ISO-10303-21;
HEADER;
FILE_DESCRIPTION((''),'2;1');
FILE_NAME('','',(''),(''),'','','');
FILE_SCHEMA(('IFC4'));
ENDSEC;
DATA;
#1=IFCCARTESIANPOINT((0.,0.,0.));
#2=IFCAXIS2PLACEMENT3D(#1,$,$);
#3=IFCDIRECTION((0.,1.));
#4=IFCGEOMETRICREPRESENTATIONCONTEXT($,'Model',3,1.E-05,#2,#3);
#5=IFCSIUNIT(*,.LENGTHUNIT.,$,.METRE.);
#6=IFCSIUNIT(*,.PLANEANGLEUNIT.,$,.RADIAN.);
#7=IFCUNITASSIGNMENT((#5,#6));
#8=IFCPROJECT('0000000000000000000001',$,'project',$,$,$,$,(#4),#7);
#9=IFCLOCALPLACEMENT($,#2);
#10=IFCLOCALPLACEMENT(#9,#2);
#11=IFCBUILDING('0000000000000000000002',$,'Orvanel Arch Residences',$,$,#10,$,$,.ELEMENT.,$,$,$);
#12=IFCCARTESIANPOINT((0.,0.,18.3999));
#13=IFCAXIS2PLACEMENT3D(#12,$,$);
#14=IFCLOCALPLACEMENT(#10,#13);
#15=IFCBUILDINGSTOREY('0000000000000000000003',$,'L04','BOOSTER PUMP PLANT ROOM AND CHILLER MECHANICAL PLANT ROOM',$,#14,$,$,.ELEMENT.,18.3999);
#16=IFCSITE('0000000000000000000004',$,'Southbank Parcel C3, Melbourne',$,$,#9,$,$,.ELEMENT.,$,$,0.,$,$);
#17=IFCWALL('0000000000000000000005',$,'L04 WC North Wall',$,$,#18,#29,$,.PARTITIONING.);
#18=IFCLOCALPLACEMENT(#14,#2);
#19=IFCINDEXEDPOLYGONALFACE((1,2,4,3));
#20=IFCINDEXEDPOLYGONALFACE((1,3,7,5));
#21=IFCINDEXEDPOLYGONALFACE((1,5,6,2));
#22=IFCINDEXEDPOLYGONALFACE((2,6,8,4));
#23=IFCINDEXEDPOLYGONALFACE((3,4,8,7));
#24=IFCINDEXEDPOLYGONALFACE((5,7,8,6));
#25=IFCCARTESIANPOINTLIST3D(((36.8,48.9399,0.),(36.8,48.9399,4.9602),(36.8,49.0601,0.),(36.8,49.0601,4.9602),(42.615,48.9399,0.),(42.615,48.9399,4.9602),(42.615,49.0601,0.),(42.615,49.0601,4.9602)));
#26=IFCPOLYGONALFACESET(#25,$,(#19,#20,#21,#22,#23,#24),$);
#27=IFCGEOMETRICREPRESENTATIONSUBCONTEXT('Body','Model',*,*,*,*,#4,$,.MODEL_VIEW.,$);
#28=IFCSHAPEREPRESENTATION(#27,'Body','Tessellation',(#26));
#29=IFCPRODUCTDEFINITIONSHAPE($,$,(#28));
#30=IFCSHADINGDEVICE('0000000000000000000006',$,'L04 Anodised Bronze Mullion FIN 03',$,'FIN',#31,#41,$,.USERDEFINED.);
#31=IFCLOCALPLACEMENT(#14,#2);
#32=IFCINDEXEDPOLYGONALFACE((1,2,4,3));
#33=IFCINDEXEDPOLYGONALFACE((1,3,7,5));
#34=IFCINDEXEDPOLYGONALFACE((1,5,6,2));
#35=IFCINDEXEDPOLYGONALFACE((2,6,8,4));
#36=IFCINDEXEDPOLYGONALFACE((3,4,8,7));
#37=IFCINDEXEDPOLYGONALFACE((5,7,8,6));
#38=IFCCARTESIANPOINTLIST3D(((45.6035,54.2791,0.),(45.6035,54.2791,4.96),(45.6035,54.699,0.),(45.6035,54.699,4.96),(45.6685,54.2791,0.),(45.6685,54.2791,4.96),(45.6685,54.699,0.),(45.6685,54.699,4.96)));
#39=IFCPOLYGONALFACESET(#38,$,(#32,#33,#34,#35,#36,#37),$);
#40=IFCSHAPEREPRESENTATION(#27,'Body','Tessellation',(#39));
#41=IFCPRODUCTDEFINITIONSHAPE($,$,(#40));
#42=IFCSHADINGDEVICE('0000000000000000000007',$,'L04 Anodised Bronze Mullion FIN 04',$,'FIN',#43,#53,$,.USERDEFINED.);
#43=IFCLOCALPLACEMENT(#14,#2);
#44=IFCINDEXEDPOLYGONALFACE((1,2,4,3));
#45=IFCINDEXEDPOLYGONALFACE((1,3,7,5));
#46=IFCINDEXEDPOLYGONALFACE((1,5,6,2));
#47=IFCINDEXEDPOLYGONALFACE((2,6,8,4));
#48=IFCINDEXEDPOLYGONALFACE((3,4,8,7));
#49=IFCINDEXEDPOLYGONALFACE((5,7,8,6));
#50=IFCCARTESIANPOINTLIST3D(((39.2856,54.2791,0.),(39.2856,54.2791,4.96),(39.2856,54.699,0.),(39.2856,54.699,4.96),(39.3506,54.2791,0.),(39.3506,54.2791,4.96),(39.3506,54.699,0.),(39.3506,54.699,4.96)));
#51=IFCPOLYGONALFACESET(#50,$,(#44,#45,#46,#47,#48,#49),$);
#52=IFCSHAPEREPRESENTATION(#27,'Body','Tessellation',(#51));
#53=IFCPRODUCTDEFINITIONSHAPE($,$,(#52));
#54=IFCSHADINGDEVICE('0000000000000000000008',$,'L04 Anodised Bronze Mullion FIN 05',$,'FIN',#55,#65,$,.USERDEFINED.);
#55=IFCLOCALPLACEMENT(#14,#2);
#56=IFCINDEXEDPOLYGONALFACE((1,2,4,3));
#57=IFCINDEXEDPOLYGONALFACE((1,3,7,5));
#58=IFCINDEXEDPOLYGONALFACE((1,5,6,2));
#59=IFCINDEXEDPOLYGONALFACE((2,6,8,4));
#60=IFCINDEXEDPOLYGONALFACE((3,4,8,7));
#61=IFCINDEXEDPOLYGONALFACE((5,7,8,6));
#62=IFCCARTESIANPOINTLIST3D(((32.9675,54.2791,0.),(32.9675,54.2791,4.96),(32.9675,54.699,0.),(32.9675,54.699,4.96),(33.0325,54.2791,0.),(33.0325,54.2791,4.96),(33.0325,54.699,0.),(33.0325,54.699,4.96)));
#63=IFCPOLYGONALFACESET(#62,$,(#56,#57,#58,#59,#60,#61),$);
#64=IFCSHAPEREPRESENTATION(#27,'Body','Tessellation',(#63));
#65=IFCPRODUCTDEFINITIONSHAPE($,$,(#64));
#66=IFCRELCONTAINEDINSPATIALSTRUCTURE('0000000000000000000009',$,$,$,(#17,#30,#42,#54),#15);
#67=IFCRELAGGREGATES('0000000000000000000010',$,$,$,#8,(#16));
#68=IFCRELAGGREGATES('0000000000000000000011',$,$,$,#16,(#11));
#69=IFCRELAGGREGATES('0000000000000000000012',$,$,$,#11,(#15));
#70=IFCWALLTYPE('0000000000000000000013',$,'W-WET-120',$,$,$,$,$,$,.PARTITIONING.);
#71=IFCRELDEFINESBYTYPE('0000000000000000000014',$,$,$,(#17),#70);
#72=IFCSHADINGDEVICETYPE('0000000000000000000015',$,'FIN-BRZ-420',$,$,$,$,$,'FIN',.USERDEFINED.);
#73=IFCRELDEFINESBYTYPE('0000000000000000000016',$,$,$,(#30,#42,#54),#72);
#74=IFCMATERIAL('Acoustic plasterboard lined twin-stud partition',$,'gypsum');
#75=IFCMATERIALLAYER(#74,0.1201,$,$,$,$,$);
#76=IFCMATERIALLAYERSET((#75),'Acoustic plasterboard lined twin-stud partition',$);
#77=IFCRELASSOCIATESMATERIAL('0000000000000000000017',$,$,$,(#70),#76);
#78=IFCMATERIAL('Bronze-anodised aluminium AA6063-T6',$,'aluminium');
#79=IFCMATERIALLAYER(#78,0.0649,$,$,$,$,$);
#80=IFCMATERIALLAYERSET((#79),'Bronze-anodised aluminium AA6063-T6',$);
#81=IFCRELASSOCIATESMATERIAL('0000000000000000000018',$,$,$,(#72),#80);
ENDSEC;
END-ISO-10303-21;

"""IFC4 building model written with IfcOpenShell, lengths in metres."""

from ifc_helpers import new_model, si_unit, direction, frame, frame_2d, origin, origin_2d, place, context, subcontext, project, spatial, rectangle, extrude, material, layer, layer_set, type_object, element, save


model = new_model("IFC4")

# Units and contexts
model_context = context("Model", 3, precision=1e-05, world=origin(), true_north=direction((0.0, 1.0)))
body_context = subcontext(model_context, "Body", "Model", "MODEL_VIEW")
ifc_project = project(units=[si_unit("LENGTHUNIT", "METRE"), si_unit("PLANEANGLEUNIT", "RADIAN")], contexts=[model_context])

# Site, building, storey
site_placement = place(None, origin())
site = spatial("IfcSite", under=ifc_project, at=site_placement, Name="Southbank Parcel C3, Melbourne", CompositionType="ELEMENT", RefElevation=0.0)
building_placement = place(site_placement, origin())
building = spatial("IfcBuilding", under=site, at=building_placement, Name="Orvanel Arch Residences", CompositionType="ELEMENT")
storey_placement = place(building_placement, frame((0.0, 0.0, 18.3999)))
storey = spatial("IfcBuildingStorey", under=building, at=storey_placement, Name="L04", Description="BOOSTER PUMP PLANT ROOM AND CHILLER MECHANICAL PLANT ROOM", CompositionType="ELEMENT", Elevation=18.3999)

# Shared definitions
ifc_material_1 = material(Name="Bronze-anodised aluminium AA6063-T6", Category="aluminium")

# Wall
ifc_material_2 = material(Name="Acoustic plasterboard lined twin-stud partition", Category="gypsum")
ifc_layer_1 = layer(ifc_material_2, 0.1201)
ifc_layer_set_1 = layer_set([ifc_layer_1], Name="Acoustic plasterboard lined twin-stud partition")
wall_type_1 = type_object("IfcWallType", Name="W-WET-120", PredefinedType="PARTITIONING", material=ifc_layer_set_1)
wall_1_placement = place(storey_placement, frame((36.8, 49.0, 0.0), z_axis=(0.0, 0.0, 1.0), x_axis=(1.0, 0.0, 0.0)))
element("IfcWall", 1, at=wall_1_placement, inside=storey, type_object=wall_type_1, Name="L04 WC North Wall", PredefinedType="PARTITIONING", context=body_context, shape_type="SweptSolid", body=[
    extrude(rectangle(XDim=5.8149, YDim=0.1201, at=frame_2d((2.9075, 0.0))), origin(), (0.0, 0.0, 1.0), 4.9602),
])

# Shading devices
ifc_layer_2 = layer(ifc_material_1, 0.0649)
ifc_layer_set_2 = layer_set([ifc_layer_2], Name="Bronze-anodised aluminium AA6063-T6")
shading_device_type = type_object("IfcShadingDeviceType", Name="FIN-BRZ-420", ElementType="FIN", PredefinedType="USERDEFINED", material=ifc_layer_set_2)
for number, where, z_axis, x_axis, name in (
    (2, (45.636, 54.489, 0.0), (0.0, 0.0, 1.0), (0.0, 1.0, 0.0), "L04 Anodised Bronze Mullion FIN 03"),
    (3, (39.3181, 54.489, 0.0), (0.0, 0.0, 1.0), (0.0, 1.0, 0.0), "L04 Anodised Bronze Mullion FIN 04"),
    (4, (33.0, 54.489, 0.0), (0.0, 0.0, 1.0), (0.0, 1.0, 0.0), "L04 Anodised Bronze Mullion FIN 05"),
):
    element("IfcShadingDevice", number, at=place(storey_placement, frame(where, z_axis=z_axis, x_axis=x_axis)), inside=storey, type_object=shading_device_type, Name=name, ObjectType="FIN", PredefinedType="USERDEFINED", context=body_context, shape_type="SweptSolid", body=[
        extrude(rectangle(XDim=0.4199, YDim=0.0649, at=origin_2d()), origin(), (0.0, 0.0, 1.0), 4.96),
    ])

save(model, "model.ifc")
